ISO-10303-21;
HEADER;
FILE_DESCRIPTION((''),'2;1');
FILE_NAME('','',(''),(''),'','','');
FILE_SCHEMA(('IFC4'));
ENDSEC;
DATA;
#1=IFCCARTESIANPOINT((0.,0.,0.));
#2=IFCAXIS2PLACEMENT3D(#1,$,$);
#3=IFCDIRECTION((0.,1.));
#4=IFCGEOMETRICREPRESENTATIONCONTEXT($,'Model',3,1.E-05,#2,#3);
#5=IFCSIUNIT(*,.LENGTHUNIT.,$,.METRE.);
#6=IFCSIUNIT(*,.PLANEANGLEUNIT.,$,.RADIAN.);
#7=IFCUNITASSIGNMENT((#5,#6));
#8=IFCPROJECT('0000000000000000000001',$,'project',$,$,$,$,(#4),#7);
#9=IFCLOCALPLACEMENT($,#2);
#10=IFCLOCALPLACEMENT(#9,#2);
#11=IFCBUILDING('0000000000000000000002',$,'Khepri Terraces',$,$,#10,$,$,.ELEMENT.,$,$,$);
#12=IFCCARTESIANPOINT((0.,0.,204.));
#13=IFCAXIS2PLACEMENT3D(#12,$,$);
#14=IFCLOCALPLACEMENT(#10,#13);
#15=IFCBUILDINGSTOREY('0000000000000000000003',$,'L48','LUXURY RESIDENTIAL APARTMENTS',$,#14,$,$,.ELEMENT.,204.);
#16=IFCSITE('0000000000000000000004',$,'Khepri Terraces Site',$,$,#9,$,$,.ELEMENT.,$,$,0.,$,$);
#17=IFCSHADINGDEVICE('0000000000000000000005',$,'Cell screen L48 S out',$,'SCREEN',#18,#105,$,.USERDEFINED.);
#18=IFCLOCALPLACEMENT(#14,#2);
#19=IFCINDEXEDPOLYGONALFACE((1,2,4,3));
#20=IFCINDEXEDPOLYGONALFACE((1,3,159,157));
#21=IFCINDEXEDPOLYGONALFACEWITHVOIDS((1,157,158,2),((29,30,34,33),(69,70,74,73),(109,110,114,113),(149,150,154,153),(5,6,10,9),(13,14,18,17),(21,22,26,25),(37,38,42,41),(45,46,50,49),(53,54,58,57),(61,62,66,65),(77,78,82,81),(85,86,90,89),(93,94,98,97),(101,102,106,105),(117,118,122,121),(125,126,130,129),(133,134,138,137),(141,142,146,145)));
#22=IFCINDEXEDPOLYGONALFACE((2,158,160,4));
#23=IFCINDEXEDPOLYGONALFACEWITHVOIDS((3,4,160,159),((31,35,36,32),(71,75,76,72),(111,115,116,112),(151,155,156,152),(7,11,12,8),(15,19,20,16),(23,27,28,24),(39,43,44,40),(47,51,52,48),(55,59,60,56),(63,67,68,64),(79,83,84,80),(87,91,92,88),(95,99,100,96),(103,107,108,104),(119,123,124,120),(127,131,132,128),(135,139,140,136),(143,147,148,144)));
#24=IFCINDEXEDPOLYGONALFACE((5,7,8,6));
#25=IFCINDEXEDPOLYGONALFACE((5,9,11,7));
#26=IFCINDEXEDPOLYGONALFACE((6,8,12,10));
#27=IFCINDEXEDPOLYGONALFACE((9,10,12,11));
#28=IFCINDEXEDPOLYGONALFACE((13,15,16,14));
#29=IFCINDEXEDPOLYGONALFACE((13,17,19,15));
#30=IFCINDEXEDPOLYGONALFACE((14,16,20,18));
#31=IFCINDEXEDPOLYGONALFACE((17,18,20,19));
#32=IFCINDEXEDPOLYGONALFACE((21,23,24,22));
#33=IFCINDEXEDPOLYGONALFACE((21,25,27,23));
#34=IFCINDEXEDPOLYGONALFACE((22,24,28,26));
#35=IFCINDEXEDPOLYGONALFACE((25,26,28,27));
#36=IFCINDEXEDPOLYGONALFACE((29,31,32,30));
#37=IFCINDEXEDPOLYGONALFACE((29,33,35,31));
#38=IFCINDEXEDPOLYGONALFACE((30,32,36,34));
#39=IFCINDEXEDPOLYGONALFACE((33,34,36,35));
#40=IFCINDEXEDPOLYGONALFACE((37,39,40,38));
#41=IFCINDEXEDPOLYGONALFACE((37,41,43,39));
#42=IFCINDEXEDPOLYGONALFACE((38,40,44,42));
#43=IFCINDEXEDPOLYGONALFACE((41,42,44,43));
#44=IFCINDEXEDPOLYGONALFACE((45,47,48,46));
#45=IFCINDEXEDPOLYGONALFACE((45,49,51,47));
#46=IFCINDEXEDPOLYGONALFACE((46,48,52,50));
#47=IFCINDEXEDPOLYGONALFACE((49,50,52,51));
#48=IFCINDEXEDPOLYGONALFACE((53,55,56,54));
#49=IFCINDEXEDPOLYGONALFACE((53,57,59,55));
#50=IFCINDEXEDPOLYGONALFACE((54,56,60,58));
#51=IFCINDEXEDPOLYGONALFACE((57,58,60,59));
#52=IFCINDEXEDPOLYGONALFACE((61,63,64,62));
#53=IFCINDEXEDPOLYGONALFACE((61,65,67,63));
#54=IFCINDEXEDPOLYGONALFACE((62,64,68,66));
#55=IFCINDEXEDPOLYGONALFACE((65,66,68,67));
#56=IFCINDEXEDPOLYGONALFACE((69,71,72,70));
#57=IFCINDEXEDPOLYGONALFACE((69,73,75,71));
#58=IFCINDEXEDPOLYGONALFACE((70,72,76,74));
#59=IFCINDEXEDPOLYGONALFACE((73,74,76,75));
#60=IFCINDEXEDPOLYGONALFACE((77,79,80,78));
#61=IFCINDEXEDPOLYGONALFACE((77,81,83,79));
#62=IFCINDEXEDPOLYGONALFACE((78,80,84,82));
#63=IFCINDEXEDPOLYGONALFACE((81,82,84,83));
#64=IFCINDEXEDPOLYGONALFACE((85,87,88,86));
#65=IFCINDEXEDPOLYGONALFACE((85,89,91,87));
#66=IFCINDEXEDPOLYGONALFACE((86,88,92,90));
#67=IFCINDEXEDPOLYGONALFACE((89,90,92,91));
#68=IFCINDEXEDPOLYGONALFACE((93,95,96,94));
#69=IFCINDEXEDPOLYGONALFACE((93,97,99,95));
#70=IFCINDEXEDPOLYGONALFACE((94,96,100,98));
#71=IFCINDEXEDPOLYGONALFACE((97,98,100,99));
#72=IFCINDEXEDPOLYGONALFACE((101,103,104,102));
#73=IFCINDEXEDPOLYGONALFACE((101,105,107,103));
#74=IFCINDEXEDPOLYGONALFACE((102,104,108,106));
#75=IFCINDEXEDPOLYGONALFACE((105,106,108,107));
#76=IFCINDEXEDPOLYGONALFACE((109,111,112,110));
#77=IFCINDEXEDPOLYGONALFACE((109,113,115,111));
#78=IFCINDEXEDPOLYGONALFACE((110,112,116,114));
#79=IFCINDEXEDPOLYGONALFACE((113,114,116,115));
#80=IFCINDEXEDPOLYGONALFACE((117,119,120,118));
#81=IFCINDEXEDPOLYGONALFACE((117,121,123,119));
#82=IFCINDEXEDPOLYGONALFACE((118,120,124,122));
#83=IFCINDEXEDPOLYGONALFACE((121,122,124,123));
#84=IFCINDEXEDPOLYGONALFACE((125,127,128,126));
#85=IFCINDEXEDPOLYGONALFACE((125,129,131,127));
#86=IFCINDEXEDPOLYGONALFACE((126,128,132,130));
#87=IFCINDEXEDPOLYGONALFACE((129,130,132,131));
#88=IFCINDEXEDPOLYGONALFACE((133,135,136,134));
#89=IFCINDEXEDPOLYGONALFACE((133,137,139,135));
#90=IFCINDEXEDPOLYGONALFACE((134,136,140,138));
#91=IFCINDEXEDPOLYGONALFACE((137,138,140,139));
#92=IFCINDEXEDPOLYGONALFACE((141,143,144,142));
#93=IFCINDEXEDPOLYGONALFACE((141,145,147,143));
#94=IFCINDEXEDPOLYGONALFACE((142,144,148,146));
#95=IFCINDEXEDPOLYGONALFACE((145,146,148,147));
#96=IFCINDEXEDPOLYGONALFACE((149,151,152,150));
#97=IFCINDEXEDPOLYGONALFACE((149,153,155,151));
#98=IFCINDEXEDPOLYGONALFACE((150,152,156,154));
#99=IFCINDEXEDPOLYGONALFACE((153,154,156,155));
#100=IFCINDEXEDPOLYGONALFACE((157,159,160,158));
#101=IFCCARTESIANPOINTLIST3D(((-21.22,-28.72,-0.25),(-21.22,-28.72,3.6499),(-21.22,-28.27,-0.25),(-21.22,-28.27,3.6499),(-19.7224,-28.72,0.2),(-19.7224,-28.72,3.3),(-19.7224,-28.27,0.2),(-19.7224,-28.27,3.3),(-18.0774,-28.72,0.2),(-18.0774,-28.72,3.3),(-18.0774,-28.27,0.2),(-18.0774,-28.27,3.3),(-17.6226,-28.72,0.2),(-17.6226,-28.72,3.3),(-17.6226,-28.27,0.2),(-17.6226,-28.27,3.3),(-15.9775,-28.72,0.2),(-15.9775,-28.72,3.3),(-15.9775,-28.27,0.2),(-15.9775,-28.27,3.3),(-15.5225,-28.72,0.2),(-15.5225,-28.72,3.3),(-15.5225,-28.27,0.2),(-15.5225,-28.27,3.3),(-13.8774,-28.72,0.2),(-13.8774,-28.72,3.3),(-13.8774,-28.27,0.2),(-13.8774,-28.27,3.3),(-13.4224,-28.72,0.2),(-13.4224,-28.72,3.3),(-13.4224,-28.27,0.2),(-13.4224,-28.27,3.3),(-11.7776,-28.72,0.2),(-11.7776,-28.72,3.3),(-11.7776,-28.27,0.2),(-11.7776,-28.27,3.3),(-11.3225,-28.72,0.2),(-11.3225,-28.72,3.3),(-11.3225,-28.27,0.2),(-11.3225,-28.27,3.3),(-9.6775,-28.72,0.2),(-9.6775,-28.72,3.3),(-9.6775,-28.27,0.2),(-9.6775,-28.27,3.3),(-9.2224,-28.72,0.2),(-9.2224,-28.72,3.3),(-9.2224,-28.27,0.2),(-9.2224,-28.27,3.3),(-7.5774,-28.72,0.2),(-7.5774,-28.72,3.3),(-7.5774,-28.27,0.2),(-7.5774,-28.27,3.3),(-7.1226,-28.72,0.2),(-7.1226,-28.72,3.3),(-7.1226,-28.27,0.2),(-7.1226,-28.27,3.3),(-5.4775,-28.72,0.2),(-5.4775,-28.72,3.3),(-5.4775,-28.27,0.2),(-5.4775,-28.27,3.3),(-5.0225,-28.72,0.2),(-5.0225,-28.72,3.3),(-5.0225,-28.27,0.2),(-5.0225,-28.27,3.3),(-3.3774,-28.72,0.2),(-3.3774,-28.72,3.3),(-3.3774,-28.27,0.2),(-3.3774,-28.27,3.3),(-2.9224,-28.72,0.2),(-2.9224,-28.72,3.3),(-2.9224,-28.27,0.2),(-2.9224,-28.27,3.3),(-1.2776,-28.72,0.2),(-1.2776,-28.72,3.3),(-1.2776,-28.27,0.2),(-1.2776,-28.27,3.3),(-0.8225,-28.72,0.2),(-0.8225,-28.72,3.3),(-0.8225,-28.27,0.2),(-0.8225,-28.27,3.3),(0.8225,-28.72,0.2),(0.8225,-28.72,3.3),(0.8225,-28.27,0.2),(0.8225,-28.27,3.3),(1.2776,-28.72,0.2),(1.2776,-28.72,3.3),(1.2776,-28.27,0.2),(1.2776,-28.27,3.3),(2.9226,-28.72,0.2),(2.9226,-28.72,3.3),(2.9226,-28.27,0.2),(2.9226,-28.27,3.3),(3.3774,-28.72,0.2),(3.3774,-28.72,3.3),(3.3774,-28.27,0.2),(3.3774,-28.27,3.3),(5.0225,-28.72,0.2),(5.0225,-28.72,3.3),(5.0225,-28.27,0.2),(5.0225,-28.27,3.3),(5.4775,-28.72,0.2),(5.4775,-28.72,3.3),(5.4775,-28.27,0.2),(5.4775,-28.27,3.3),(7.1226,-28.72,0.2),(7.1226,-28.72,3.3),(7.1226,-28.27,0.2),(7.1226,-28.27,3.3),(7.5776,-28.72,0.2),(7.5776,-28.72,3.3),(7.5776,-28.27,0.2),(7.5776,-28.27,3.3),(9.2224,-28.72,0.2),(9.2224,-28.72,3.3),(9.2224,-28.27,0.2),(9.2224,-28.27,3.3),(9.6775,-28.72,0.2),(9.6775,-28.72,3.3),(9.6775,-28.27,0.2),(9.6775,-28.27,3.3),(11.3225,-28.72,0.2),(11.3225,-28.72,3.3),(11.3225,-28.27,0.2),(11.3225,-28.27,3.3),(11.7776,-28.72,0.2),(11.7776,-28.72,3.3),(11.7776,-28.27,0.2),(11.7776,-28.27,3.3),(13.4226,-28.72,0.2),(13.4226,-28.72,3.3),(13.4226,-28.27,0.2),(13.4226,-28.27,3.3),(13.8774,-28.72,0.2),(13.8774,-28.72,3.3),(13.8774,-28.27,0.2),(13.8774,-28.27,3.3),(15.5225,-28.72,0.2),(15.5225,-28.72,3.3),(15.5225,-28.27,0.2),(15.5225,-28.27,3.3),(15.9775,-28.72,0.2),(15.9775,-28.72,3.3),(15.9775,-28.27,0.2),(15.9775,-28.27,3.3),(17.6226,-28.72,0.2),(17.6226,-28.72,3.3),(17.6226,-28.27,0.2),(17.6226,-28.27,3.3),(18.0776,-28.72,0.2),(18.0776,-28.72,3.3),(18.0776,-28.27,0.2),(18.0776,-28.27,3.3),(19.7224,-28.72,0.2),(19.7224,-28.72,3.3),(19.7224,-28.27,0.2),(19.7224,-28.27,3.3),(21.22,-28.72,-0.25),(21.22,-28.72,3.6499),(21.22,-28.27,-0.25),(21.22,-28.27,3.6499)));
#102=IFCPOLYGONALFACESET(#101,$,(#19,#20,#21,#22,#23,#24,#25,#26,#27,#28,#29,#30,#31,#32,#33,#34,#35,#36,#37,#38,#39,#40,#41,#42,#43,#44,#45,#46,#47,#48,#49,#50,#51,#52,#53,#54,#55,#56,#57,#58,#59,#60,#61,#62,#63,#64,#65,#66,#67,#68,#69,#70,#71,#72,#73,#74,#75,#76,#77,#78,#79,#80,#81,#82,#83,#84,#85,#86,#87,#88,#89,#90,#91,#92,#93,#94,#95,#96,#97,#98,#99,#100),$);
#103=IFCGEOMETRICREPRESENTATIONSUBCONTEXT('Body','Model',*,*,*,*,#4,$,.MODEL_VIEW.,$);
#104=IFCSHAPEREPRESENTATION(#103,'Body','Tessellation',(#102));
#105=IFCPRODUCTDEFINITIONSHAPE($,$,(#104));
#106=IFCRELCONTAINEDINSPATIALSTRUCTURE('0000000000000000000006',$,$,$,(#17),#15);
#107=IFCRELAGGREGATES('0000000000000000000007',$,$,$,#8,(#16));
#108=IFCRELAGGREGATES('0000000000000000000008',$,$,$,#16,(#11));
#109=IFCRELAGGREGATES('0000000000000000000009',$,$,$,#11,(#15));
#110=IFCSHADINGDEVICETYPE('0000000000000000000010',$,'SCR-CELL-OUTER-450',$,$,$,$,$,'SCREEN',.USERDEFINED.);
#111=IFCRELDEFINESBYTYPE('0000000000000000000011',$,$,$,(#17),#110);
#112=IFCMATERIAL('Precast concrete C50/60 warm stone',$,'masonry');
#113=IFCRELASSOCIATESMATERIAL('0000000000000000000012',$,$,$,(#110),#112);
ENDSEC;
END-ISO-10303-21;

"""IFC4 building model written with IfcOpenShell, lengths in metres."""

from ifc_helpers import new_model, si_unit, direction, frame, origin, place, context, subcontext, project, spatial, polyline, outline, extrude, material, type_object, element, save


model = new_model("IFC4")

# Units and contexts
model_context = context("Model", 3, precision=1e-05, world=origin(), true_north=direction((0.0, 1.0)))
body_context = subcontext(model_context, "Body", "Model", "MODEL_VIEW")
ifc_project = project(units=[si_unit("LENGTHUNIT", "METRE"), si_unit("PLANEANGLEUNIT", "RADIAN")], contexts=[model_context])

# Site, building, storey
site_placement = place(None, origin())
site = spatial("IfcSite", under=ifc_project, at=site_placement, Name="Khepri Terraces Site", CompositionType="ELEMENT", RefElevation=0.0)
building_placement = place(site_placement, origin())
building = spatial("IfcBuilding", under=site, at=building_placement, Name="Khepri Terraces", CompositionType="ELEMENT")
storey_placement = place(building_placement, frame((0.0, 0.0, 204.0)))
storey = spatial("IfcBuildingStorey", under=building, at=storey_placement, Name="L48", Description="LUXURY RESIDENTIAL APARTMENTS", CompositionType="ELEMENT", Elevation=204.0)

# Shared definitions
ifc_material_1 = material(Name="Precast concrete C50/60 warm stone", Category="masonry")

# Shading device
shading_device_type_1 = type_object("IfcShadingDeviceType", Name="SCR-CELL-OUTER-450", ElementType="SCREEN", PredefinedType="USERDEFINED", material=ifc_material_1)
shading_device_1_placement = place(storey_placement, frame((-21.22, -28.27, -0.25), z_axis=(0.0, -1.0, 0.0), x_axis=(1.0, 0.0, 0.0)))
element("IfcShadingDevice", 1, at=shading_device_1_placement, inside=storey, type_object=shading_device_type_1, Name="Cell screen L48 S out", ObjectType="SCREEN", PredefinedType="USERDEFINED", context=body_context, shape_type="SweptSolid", body=[
    extrude(outline(polyline([(0.0, 0.0), (42.4399, 0.0), (42.4399, 3.8999), (0.0, 3.8999), (0.0, 0.0)]), holes=[polyline([(1.4976, 0.45), (3.1426, 0.45), (3.1426, 3.55), (1.4976, 3.55), (1.4976, 0.45)]), polyline([(3.5974, 0.45), (5.2424, 0.45), (5.2424, 3.55), (3.5974, 3.55), (3.5974, 0.45)]), polyline([(5.6975, 0.45), (7.3425, 0.45), (7.3425, 3.55), (5.6975, 3.55), (5.6975, 0.45)]), polyline([(7.7976, 0.45), (9.4424, 0.45), (9.4424, 3.55), (7.7976, 3.55), (7.7976, 0.45)]), polyline([(9.8975, 0.45), (11.5425, 0.45), (11.5425, 3.55), (9.8975, 3.55), (9.8975, 0.45)]), polyline([(11.9976, 0.45), (13.6426, 0.45), (13.6426, 3.55), (11.9976, 3.55), (11.9976, 0.45)]), polyline([(14.0974, 0.45), (15.7424, 0.45), (15.7424, 3.55), (14.0974, 3.55), (14.0974, 0.45)]), polyline([(16.1975, 0.45), (17.8425, 0.45), (17.8425, 3.55), (16.1975, 3.55), (16.1975, 0.45)]), polyline([(18.2976, 0.45), (19.9424, 0.45), (19.9424, 3.55), (18.2976, 3.55), (18.2976, 0.45)]), polyline([(20.3975, 0.45), (22.0425, 0.45), (22.0425, 3.55), (20.3975, 3.55), (20.3975, 0.45)]), polyline([(22.4976, 0.45), (24.1426, 0.45), (24.1426, 3.55), (22.4976, 3.55), (22.4976, 0.45)]), polyline([(24.5974, 0.45), (26.2424, 0.45), (26.2424, 3.55), (24.5974, 3.55), (24.5974, 0.45)]), polyline([(26.6975, 0.45), (28.3425, 0.45), (28.3425, 3.55), (26.6975, 3.55), (26.6975, 0.45)]), polyline([(28.7976, 0.45), (30.4424, 0.45), (30.4424, 3.55), (28.7976, 3.55), (28.7976, 0.45)]), polyline([(30.8975, 0.45), (32.5425, 0.45), (32.5425, 3.55), (30.8975, 3.55), (30.8975, 0.45)]), polyline([(32.9976, 0.45), (34.6426, 0.45), (34.6426, 3.55), (32.9976, 3.55), (32.9976, 0.45)]), polyline([(35.0974, 0.45), (36.7424, 0.45), (36.7424, 3.55), (35.0974, 3.55), (35.0974, 0.45)]), polyline([(37.1975, 0.45), (38.8425, 0.45), (38.8425, 3.55), (37.1975, 3.55), (37.1975, 0.45)]), polyline([(39.2976, 0.45), (40.9424, 0.45), (40.9424, 3.55), (39.2976, 3.55), (39.2976, 0.45)])]), origin(), (0.0, 0.0, 1.0), 0.45),
])

save(model, "model.ifc")
